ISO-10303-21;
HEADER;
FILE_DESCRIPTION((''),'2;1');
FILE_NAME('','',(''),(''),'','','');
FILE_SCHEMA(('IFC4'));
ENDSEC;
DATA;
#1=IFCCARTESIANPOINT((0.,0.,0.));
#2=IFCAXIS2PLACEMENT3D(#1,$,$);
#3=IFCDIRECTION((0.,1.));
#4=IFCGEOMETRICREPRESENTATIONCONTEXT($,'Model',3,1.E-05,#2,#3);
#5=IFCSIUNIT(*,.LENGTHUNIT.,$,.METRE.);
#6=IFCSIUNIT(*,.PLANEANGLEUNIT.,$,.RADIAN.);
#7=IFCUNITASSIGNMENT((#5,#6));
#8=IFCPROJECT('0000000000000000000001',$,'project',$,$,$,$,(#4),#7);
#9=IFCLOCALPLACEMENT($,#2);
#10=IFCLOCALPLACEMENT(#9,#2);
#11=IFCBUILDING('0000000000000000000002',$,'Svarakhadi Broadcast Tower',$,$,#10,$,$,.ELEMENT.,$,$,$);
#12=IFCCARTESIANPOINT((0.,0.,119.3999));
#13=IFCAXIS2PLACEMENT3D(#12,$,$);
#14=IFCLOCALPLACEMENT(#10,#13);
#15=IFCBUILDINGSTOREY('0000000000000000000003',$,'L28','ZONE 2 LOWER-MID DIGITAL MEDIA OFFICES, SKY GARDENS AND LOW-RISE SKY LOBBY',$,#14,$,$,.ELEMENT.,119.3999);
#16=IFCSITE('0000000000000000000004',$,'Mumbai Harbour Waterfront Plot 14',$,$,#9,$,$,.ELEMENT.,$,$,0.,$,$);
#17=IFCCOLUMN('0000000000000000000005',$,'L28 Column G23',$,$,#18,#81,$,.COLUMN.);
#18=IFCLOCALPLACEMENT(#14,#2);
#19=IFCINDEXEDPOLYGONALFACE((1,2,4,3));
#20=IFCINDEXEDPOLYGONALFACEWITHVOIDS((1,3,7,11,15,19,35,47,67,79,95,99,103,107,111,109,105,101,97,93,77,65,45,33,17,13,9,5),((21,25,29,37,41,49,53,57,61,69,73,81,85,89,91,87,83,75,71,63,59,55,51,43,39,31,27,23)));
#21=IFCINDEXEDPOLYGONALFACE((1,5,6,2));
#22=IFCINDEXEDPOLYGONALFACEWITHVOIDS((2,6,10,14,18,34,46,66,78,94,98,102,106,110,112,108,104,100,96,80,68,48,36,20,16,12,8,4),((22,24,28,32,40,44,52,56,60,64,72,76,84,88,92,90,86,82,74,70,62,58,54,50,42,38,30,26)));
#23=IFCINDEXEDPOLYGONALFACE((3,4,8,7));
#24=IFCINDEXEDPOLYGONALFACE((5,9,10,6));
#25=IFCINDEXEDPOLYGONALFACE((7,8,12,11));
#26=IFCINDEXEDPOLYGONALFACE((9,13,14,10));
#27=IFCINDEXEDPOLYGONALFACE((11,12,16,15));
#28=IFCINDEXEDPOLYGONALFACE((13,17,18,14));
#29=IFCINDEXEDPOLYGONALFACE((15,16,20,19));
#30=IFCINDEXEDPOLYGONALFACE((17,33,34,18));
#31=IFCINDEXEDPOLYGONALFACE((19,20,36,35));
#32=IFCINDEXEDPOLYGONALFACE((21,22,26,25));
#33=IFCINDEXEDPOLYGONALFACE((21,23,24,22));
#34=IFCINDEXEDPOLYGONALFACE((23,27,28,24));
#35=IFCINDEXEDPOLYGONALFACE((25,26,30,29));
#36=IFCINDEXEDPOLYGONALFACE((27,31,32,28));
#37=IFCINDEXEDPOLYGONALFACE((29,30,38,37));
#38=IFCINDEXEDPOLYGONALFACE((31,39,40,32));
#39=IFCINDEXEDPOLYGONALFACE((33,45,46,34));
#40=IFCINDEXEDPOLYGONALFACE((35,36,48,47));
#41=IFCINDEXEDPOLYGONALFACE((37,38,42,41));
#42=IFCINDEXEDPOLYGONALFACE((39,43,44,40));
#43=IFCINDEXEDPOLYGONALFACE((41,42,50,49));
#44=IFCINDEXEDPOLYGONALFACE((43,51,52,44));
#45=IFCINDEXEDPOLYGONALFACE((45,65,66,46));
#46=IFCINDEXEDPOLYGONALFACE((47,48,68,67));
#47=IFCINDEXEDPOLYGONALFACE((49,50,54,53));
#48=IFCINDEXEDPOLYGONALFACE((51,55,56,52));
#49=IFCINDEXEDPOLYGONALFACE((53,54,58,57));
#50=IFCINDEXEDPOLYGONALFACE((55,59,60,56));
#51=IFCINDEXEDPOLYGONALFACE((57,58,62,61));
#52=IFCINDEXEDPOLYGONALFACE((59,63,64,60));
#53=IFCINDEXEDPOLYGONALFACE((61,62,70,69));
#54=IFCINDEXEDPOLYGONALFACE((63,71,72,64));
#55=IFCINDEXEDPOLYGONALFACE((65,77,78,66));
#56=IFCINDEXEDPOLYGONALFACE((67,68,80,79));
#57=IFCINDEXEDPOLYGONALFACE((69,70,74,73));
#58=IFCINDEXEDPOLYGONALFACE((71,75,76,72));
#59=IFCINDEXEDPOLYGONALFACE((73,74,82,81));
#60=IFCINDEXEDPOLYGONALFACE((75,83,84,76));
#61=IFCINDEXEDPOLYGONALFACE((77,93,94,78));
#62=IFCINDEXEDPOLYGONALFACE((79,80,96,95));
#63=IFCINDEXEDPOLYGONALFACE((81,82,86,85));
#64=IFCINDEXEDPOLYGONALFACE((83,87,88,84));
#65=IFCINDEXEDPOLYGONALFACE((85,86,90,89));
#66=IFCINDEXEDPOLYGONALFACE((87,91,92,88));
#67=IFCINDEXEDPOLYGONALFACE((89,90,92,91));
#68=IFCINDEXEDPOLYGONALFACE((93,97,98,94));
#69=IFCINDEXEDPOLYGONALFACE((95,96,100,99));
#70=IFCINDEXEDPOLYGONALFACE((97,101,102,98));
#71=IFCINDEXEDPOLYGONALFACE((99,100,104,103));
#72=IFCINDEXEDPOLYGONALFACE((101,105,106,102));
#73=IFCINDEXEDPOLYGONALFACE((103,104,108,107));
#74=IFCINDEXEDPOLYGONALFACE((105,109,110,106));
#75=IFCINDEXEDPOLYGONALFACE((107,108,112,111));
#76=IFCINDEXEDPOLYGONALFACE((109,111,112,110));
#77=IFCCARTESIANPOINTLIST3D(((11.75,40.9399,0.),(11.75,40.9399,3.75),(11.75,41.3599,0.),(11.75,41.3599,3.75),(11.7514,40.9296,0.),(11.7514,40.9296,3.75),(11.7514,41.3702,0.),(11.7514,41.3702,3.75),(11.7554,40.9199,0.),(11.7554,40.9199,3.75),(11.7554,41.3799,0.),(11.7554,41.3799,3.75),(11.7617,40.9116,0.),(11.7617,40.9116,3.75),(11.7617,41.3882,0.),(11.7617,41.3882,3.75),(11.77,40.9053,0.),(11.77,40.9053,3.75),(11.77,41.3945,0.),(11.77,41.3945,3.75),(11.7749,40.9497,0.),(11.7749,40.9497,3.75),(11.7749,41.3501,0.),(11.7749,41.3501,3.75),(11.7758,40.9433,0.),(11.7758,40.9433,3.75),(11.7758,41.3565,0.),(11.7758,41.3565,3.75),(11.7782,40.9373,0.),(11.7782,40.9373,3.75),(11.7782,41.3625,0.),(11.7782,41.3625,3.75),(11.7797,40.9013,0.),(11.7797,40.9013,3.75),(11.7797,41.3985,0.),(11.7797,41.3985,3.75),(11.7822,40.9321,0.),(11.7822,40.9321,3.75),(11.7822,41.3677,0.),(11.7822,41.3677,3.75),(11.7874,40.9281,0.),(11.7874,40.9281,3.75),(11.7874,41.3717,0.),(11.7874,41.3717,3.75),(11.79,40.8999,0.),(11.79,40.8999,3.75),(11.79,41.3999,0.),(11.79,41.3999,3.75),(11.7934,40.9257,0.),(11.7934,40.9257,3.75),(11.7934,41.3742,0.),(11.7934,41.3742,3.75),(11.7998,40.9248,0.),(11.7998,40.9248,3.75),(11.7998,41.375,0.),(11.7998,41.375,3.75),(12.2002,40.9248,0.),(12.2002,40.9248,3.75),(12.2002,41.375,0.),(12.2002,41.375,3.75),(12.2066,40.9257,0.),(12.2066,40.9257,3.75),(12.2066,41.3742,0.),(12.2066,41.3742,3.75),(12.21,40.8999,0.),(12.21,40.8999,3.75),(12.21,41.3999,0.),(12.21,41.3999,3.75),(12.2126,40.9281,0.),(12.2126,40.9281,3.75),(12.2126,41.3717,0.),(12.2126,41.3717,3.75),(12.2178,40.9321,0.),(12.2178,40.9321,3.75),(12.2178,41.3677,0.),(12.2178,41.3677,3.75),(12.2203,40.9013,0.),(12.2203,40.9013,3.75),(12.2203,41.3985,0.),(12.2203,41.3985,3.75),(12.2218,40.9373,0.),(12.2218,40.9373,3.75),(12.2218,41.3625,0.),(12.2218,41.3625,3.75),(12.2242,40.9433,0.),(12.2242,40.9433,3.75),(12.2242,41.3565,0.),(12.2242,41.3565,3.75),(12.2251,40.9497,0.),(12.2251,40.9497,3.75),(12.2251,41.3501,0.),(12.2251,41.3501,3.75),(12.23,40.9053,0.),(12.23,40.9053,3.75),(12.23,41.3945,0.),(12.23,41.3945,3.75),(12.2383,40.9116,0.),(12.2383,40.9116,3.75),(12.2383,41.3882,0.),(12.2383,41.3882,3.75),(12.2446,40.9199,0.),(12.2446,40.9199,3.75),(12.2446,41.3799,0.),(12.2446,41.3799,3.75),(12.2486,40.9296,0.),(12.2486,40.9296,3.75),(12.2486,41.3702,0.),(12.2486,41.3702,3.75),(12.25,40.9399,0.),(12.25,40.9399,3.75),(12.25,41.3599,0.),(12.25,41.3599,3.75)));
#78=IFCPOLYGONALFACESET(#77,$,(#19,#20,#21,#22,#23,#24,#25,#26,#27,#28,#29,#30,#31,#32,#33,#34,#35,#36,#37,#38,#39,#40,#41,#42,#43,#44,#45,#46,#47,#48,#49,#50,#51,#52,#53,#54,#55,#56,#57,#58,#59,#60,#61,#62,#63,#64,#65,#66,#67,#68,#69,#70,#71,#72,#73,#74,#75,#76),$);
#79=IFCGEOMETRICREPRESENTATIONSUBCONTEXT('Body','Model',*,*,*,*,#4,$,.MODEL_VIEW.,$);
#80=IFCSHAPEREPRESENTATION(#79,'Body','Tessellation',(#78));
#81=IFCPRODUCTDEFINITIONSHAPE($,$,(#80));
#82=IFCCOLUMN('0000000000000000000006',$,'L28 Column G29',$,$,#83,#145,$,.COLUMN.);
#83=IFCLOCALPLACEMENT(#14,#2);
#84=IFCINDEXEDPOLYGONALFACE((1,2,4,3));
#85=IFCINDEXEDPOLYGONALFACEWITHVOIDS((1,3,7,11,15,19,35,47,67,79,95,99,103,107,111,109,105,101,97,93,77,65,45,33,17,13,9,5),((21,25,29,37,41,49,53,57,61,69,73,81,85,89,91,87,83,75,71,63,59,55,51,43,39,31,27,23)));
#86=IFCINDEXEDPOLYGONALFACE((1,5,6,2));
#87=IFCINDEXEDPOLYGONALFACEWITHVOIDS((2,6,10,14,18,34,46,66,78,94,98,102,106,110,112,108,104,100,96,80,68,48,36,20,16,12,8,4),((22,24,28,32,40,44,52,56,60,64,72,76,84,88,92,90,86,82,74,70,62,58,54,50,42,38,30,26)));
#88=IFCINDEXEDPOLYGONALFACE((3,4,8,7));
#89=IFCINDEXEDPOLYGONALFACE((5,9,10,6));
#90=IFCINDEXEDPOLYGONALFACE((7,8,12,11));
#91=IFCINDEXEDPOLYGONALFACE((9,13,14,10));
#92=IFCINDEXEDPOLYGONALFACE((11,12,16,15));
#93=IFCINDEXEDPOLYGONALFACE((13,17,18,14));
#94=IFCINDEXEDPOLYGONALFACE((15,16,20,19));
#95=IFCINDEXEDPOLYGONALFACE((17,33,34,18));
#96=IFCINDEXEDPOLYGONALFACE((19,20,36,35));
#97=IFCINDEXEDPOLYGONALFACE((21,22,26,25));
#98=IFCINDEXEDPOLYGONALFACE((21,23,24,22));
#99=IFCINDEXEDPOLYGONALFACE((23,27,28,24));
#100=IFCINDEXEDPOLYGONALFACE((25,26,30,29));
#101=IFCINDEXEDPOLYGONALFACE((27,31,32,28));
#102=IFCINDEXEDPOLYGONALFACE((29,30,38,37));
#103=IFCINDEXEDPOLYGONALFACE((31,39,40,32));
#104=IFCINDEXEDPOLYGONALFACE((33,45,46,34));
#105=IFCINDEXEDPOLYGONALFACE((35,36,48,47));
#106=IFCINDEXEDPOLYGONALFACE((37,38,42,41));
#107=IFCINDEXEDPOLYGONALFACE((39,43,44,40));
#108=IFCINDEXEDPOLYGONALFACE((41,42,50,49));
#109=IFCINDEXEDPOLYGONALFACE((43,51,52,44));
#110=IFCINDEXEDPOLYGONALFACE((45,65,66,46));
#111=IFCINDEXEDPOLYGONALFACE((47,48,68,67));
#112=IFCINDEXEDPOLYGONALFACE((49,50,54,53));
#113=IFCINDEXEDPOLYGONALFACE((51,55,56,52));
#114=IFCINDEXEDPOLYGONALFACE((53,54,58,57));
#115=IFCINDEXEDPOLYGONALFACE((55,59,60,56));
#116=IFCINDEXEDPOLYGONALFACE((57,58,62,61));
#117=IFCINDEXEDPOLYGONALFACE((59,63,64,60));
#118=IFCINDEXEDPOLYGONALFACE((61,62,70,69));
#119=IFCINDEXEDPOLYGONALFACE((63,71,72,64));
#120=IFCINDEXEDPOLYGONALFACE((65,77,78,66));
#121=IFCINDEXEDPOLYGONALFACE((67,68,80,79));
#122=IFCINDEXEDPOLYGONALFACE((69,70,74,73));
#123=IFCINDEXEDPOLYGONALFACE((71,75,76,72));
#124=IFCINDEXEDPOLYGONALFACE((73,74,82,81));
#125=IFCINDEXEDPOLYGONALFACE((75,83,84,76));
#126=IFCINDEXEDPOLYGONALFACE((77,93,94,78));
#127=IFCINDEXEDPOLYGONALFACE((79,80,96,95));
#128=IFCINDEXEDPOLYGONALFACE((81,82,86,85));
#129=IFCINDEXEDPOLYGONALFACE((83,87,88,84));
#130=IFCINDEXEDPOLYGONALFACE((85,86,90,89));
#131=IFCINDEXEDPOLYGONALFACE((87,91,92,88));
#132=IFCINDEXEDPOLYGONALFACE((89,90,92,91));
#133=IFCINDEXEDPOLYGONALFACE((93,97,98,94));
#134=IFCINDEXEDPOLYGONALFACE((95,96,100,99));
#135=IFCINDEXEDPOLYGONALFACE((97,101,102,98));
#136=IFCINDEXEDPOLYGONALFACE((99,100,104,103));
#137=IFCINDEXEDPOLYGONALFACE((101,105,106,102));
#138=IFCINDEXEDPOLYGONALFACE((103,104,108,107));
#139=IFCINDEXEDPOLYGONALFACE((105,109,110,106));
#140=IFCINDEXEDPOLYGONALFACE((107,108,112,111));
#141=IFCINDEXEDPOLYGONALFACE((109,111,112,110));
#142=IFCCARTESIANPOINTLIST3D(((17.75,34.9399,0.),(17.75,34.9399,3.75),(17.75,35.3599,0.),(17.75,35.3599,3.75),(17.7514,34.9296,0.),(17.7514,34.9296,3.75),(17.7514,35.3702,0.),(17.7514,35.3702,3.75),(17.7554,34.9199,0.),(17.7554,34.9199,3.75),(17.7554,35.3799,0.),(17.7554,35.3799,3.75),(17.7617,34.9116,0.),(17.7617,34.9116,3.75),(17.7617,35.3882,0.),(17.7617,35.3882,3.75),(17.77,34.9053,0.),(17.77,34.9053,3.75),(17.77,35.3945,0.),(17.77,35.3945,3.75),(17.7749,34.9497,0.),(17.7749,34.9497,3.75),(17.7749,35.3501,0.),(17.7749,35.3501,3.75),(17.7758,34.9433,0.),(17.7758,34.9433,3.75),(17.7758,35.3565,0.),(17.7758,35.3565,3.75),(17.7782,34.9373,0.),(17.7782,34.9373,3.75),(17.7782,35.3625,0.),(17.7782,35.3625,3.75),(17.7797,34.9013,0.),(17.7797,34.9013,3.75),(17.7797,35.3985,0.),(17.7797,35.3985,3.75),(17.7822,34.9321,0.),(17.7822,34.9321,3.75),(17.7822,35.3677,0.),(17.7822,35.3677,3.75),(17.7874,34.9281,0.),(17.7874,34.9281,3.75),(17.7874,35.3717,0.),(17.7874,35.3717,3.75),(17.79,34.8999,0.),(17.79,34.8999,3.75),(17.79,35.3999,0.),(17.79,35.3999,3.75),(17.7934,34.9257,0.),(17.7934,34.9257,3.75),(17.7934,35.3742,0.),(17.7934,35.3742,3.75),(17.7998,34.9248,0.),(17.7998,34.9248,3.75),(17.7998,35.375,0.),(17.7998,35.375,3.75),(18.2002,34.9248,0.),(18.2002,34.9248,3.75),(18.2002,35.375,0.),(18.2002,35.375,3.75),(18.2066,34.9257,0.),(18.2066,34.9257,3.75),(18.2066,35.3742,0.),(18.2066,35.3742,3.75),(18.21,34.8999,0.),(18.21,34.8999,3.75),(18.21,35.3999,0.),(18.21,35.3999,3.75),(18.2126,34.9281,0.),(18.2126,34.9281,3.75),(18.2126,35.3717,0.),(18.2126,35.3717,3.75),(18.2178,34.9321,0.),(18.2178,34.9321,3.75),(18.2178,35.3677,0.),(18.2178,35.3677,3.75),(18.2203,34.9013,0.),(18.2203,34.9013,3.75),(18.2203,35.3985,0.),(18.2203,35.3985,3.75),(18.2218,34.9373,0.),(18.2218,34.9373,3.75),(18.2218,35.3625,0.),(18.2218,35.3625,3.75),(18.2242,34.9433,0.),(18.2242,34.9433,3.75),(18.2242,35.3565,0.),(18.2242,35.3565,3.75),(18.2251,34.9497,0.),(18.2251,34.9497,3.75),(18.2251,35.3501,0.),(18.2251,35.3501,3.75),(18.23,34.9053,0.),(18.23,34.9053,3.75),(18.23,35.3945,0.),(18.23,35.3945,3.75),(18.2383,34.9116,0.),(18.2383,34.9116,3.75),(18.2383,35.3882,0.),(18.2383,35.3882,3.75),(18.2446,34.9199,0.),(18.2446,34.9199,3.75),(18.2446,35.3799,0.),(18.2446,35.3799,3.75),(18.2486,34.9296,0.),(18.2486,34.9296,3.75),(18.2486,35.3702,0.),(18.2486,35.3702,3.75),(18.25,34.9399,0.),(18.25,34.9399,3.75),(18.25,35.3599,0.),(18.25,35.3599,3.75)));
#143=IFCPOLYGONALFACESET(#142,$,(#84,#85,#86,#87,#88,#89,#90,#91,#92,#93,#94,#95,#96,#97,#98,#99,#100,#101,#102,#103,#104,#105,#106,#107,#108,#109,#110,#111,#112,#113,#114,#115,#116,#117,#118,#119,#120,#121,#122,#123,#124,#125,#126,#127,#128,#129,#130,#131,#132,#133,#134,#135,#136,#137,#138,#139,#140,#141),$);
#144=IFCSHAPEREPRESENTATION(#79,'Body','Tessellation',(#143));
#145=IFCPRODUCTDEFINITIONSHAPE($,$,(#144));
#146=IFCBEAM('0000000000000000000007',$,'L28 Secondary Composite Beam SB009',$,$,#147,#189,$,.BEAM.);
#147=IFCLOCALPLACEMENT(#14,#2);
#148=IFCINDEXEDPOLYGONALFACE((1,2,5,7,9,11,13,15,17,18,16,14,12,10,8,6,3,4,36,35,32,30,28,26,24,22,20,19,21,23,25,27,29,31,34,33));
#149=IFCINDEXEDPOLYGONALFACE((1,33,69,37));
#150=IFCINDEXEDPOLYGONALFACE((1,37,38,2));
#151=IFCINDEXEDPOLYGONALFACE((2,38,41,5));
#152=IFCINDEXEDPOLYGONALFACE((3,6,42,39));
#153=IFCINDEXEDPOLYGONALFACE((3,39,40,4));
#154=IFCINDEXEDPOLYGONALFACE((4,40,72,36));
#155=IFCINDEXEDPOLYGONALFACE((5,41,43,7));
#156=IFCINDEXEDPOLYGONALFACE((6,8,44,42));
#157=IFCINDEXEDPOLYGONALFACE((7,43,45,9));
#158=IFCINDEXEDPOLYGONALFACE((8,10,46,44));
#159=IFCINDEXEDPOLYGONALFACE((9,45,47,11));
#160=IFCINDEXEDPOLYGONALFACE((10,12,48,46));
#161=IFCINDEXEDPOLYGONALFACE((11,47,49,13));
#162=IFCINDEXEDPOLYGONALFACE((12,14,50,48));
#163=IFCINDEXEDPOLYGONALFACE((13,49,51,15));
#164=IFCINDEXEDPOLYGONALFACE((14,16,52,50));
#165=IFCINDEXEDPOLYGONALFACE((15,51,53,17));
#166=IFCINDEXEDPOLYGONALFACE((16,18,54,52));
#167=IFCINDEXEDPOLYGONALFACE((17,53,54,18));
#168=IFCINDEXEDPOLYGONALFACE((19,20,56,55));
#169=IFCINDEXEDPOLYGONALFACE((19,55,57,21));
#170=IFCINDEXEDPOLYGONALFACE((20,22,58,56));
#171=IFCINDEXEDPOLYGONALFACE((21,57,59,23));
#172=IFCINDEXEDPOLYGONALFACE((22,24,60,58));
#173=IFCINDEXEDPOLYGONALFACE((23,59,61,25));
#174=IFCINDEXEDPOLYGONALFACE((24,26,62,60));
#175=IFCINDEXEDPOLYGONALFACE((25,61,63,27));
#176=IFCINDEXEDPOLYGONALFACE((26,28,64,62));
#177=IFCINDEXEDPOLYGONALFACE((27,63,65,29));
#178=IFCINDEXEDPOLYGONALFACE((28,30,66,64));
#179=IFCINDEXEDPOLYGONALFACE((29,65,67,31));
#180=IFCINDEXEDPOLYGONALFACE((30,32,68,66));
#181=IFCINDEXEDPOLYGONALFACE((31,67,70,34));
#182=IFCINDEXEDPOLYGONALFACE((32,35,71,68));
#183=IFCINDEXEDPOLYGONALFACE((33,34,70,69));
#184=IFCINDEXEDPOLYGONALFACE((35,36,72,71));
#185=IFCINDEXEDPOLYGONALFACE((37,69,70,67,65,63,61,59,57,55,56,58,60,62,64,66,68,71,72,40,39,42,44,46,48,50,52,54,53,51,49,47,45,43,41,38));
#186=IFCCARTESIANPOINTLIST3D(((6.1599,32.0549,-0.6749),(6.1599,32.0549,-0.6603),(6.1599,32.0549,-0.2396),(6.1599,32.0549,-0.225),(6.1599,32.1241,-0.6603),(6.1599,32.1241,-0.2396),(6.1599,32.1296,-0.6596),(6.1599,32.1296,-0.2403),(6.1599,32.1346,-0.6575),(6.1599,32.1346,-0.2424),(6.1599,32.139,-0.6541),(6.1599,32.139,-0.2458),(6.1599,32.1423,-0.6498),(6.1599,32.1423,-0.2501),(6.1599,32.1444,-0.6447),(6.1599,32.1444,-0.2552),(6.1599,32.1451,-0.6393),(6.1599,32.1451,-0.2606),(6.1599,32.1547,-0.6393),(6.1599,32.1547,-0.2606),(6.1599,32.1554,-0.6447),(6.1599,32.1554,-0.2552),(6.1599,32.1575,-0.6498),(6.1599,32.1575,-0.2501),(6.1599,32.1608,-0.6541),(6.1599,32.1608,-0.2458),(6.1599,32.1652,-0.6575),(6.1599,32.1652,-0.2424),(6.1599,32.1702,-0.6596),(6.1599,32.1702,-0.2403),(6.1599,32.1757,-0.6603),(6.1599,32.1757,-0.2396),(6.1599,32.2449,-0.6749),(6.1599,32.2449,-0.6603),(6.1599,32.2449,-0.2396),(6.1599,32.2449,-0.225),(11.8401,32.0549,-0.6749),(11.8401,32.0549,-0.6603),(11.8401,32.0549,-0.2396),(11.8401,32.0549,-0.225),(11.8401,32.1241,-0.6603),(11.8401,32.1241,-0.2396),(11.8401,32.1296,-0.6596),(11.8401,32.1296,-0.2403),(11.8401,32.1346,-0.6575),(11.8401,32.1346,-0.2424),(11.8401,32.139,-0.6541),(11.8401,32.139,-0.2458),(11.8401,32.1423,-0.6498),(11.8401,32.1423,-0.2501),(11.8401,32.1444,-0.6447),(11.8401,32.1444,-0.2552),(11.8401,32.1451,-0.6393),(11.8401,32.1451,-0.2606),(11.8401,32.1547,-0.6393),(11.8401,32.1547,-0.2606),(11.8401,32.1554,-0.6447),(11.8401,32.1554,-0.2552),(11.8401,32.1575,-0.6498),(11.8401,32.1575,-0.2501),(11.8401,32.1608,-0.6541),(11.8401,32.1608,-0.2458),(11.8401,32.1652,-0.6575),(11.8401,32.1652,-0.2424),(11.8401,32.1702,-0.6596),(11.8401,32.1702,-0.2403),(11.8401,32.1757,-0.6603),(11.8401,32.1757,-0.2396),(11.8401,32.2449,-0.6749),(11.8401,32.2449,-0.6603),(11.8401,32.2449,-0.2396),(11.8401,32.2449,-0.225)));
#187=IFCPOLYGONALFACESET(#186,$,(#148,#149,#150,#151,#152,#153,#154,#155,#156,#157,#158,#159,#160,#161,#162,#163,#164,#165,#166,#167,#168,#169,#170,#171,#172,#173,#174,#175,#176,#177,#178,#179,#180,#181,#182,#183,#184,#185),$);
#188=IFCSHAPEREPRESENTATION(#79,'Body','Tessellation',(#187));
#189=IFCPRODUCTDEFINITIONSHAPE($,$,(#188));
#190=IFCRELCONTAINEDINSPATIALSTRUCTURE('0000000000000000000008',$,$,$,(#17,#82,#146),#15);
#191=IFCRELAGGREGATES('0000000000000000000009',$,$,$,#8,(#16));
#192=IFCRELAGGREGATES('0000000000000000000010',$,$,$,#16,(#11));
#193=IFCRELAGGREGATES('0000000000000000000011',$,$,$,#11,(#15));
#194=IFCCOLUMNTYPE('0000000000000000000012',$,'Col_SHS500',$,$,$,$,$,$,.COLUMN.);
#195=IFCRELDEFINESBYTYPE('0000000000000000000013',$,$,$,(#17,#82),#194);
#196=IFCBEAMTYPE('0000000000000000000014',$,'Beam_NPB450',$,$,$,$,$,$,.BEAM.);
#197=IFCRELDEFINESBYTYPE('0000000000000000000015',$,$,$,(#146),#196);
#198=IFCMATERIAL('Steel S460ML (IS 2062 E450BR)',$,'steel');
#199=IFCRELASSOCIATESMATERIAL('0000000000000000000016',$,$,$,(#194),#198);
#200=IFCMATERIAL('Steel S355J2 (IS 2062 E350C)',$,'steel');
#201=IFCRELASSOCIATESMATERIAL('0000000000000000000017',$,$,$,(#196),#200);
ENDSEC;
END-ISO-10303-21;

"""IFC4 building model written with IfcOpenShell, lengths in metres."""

from ifc_helpers import new_model, si_unit, direction, frame, origin, origin_2d, place, context, subcontext, project, spatial, hollow_rectangle, i_section, extrude, material, material_profile, profile_set, type_object, element, save


model = new_model("IFC4")

# Units and contexts
model_context = context("Model", 3, precision=1e-05, world=origin(), true_north=direction((0.0, 1.0)))
body_context = subcontext(model_context, "Body", "Model", "MODEL_VIEW")
ifc_project = project(units=[si_unit("LENGTHUNIT", "METRE"), si_unit("PLANEANGLEUNIT", "RADIAN")], contexts=[model_context])

# Site, building, storey
site_placement = place(None, origin())
site = spatial("IfcSite", under=ifc_project, at=site_placement, Name="Mumbai Harbour Waterfront Plot 14", CompositionType="ELEMENT", RefElevation=0.0)
building_placement = place(site_placement, origin())
building = spatial("IfcBuilding", under=site, at=building_placement, Name="Svarakhadi Broadcast Tower", CompositionType="ELEMENT")
storey_placement = place(building_placement, frame((0.0, 0.0, 119.3999)))
storey = spatial("IfcBuildingStorey", under=building, at=storey_placement, Name="L28", Description="ZONE 2 LOWER-MID DIGITAL MEDIA OFFICES, SKY GARDENS AND LOW-RISE SKY LOBBY", CompositionType="ELEMENT", Elevation=119.3999)

# Columns
ifc_material_1 = material(Name="Steel S460ML (IS 2062 E450BR)", Category="steel")
ifc_material_profile_1 = material_profile(ifc_material_1, hollow_rectangle(XDim=0.5, YDim=0.5, WallThickness=0.0249, InnerFilletRadius=0.0249, OuterFilletRadius=0.04, at=origin_2d()), Name="SHS 500x500x25")
ifc_profile_set_1 = profile_set([ifc_material_profile_1], Name="Steel S460ML (IS 2062 E450BR)")
column_type_1 = type_object("IfcColumnType", Name="Col_SHS500", PredefinedType="COLUMN", material=ifc_profile_set_1)
for number, where, z_axis, x_axis, name in (
    (1, (12.0, 41.1499, 0.0), (0.0, 0.0, 1.0), (1.0, 0.0, 0.0), "L28 Column G23"),
    (2, (18.0, 35.1499, 0.0), (0.0, 0.0, 1.0), (1.0, 0.0, 0.0), "L28 Column G29"),
):
    element("IfcColumn", number, at=place(storey_placement, frame(where, z_axis=z_axis, x_axis=x_axis)), inside=storey, type_object=column_type_1, Name=name, PredefinedType="COLUMN", context=body_context, shape_type="SweptSolid", body=[
        extrude(hollow_rectangle(XDim=0.5, YDim=0.5, WallThickness=0.0249, InnerFilletRadius=0.0249, OuterFilletRadius=0.04, at=origin_2d()), origin(), (0.0, 0.0, 1.0), 3.75),
    ])

# Beam
ifc_material_2 = material(Name="Steel S355J2 (IS 2062 E350C)", Category="steel")
ifc_material_profile_2 = material_profile(ifc_material_2, i_section(OverallWidth=0.1899, OverallDepth=0.45, WebThickness=0.0095, FlangeThickness=0.0146, FilletRadius=0.021, at=origin_2d()), Name="NPB 450x190x78")
ifc_profile_set_2 = profile_set([ifc_material_profile_2], Name="Steel S355J2 (IS 2062 E350C)")
beam_type_1 = type_object("IfcBeamType", Name="Beam_NPB450", PredefinedType="BEAM", material=ifc_profile_set_2)
for number, where, z_axis, x_axis, name in (
    (3, (6.1599, 32.1499, -0.45), (1.0, 0.0, 0.0), (0.0, 1.0, 0.0), "L28 Secondary Composite Beam SB009"),
):
    element("IfcBeam", number, at=place(storey_placement, frame(where, z_axis=z_axis, x_axis=x_axis)), inside=storey, type_object=beam_type_1, Name=name, PredefinedType="BEAM", context=body_context, shape_type="SweptSolid", body=[
        extrude(i_section(OverallWidth=0.1899, OverallDepth=0.45, WebThickness=0.0095, FlangeThickness=0.0146, FilletRadius=0.021, at=origin_2d()), origin(), (0.0, 0.0, 1.0), 5.6802),
    ])

save(model, "model.ifc")
